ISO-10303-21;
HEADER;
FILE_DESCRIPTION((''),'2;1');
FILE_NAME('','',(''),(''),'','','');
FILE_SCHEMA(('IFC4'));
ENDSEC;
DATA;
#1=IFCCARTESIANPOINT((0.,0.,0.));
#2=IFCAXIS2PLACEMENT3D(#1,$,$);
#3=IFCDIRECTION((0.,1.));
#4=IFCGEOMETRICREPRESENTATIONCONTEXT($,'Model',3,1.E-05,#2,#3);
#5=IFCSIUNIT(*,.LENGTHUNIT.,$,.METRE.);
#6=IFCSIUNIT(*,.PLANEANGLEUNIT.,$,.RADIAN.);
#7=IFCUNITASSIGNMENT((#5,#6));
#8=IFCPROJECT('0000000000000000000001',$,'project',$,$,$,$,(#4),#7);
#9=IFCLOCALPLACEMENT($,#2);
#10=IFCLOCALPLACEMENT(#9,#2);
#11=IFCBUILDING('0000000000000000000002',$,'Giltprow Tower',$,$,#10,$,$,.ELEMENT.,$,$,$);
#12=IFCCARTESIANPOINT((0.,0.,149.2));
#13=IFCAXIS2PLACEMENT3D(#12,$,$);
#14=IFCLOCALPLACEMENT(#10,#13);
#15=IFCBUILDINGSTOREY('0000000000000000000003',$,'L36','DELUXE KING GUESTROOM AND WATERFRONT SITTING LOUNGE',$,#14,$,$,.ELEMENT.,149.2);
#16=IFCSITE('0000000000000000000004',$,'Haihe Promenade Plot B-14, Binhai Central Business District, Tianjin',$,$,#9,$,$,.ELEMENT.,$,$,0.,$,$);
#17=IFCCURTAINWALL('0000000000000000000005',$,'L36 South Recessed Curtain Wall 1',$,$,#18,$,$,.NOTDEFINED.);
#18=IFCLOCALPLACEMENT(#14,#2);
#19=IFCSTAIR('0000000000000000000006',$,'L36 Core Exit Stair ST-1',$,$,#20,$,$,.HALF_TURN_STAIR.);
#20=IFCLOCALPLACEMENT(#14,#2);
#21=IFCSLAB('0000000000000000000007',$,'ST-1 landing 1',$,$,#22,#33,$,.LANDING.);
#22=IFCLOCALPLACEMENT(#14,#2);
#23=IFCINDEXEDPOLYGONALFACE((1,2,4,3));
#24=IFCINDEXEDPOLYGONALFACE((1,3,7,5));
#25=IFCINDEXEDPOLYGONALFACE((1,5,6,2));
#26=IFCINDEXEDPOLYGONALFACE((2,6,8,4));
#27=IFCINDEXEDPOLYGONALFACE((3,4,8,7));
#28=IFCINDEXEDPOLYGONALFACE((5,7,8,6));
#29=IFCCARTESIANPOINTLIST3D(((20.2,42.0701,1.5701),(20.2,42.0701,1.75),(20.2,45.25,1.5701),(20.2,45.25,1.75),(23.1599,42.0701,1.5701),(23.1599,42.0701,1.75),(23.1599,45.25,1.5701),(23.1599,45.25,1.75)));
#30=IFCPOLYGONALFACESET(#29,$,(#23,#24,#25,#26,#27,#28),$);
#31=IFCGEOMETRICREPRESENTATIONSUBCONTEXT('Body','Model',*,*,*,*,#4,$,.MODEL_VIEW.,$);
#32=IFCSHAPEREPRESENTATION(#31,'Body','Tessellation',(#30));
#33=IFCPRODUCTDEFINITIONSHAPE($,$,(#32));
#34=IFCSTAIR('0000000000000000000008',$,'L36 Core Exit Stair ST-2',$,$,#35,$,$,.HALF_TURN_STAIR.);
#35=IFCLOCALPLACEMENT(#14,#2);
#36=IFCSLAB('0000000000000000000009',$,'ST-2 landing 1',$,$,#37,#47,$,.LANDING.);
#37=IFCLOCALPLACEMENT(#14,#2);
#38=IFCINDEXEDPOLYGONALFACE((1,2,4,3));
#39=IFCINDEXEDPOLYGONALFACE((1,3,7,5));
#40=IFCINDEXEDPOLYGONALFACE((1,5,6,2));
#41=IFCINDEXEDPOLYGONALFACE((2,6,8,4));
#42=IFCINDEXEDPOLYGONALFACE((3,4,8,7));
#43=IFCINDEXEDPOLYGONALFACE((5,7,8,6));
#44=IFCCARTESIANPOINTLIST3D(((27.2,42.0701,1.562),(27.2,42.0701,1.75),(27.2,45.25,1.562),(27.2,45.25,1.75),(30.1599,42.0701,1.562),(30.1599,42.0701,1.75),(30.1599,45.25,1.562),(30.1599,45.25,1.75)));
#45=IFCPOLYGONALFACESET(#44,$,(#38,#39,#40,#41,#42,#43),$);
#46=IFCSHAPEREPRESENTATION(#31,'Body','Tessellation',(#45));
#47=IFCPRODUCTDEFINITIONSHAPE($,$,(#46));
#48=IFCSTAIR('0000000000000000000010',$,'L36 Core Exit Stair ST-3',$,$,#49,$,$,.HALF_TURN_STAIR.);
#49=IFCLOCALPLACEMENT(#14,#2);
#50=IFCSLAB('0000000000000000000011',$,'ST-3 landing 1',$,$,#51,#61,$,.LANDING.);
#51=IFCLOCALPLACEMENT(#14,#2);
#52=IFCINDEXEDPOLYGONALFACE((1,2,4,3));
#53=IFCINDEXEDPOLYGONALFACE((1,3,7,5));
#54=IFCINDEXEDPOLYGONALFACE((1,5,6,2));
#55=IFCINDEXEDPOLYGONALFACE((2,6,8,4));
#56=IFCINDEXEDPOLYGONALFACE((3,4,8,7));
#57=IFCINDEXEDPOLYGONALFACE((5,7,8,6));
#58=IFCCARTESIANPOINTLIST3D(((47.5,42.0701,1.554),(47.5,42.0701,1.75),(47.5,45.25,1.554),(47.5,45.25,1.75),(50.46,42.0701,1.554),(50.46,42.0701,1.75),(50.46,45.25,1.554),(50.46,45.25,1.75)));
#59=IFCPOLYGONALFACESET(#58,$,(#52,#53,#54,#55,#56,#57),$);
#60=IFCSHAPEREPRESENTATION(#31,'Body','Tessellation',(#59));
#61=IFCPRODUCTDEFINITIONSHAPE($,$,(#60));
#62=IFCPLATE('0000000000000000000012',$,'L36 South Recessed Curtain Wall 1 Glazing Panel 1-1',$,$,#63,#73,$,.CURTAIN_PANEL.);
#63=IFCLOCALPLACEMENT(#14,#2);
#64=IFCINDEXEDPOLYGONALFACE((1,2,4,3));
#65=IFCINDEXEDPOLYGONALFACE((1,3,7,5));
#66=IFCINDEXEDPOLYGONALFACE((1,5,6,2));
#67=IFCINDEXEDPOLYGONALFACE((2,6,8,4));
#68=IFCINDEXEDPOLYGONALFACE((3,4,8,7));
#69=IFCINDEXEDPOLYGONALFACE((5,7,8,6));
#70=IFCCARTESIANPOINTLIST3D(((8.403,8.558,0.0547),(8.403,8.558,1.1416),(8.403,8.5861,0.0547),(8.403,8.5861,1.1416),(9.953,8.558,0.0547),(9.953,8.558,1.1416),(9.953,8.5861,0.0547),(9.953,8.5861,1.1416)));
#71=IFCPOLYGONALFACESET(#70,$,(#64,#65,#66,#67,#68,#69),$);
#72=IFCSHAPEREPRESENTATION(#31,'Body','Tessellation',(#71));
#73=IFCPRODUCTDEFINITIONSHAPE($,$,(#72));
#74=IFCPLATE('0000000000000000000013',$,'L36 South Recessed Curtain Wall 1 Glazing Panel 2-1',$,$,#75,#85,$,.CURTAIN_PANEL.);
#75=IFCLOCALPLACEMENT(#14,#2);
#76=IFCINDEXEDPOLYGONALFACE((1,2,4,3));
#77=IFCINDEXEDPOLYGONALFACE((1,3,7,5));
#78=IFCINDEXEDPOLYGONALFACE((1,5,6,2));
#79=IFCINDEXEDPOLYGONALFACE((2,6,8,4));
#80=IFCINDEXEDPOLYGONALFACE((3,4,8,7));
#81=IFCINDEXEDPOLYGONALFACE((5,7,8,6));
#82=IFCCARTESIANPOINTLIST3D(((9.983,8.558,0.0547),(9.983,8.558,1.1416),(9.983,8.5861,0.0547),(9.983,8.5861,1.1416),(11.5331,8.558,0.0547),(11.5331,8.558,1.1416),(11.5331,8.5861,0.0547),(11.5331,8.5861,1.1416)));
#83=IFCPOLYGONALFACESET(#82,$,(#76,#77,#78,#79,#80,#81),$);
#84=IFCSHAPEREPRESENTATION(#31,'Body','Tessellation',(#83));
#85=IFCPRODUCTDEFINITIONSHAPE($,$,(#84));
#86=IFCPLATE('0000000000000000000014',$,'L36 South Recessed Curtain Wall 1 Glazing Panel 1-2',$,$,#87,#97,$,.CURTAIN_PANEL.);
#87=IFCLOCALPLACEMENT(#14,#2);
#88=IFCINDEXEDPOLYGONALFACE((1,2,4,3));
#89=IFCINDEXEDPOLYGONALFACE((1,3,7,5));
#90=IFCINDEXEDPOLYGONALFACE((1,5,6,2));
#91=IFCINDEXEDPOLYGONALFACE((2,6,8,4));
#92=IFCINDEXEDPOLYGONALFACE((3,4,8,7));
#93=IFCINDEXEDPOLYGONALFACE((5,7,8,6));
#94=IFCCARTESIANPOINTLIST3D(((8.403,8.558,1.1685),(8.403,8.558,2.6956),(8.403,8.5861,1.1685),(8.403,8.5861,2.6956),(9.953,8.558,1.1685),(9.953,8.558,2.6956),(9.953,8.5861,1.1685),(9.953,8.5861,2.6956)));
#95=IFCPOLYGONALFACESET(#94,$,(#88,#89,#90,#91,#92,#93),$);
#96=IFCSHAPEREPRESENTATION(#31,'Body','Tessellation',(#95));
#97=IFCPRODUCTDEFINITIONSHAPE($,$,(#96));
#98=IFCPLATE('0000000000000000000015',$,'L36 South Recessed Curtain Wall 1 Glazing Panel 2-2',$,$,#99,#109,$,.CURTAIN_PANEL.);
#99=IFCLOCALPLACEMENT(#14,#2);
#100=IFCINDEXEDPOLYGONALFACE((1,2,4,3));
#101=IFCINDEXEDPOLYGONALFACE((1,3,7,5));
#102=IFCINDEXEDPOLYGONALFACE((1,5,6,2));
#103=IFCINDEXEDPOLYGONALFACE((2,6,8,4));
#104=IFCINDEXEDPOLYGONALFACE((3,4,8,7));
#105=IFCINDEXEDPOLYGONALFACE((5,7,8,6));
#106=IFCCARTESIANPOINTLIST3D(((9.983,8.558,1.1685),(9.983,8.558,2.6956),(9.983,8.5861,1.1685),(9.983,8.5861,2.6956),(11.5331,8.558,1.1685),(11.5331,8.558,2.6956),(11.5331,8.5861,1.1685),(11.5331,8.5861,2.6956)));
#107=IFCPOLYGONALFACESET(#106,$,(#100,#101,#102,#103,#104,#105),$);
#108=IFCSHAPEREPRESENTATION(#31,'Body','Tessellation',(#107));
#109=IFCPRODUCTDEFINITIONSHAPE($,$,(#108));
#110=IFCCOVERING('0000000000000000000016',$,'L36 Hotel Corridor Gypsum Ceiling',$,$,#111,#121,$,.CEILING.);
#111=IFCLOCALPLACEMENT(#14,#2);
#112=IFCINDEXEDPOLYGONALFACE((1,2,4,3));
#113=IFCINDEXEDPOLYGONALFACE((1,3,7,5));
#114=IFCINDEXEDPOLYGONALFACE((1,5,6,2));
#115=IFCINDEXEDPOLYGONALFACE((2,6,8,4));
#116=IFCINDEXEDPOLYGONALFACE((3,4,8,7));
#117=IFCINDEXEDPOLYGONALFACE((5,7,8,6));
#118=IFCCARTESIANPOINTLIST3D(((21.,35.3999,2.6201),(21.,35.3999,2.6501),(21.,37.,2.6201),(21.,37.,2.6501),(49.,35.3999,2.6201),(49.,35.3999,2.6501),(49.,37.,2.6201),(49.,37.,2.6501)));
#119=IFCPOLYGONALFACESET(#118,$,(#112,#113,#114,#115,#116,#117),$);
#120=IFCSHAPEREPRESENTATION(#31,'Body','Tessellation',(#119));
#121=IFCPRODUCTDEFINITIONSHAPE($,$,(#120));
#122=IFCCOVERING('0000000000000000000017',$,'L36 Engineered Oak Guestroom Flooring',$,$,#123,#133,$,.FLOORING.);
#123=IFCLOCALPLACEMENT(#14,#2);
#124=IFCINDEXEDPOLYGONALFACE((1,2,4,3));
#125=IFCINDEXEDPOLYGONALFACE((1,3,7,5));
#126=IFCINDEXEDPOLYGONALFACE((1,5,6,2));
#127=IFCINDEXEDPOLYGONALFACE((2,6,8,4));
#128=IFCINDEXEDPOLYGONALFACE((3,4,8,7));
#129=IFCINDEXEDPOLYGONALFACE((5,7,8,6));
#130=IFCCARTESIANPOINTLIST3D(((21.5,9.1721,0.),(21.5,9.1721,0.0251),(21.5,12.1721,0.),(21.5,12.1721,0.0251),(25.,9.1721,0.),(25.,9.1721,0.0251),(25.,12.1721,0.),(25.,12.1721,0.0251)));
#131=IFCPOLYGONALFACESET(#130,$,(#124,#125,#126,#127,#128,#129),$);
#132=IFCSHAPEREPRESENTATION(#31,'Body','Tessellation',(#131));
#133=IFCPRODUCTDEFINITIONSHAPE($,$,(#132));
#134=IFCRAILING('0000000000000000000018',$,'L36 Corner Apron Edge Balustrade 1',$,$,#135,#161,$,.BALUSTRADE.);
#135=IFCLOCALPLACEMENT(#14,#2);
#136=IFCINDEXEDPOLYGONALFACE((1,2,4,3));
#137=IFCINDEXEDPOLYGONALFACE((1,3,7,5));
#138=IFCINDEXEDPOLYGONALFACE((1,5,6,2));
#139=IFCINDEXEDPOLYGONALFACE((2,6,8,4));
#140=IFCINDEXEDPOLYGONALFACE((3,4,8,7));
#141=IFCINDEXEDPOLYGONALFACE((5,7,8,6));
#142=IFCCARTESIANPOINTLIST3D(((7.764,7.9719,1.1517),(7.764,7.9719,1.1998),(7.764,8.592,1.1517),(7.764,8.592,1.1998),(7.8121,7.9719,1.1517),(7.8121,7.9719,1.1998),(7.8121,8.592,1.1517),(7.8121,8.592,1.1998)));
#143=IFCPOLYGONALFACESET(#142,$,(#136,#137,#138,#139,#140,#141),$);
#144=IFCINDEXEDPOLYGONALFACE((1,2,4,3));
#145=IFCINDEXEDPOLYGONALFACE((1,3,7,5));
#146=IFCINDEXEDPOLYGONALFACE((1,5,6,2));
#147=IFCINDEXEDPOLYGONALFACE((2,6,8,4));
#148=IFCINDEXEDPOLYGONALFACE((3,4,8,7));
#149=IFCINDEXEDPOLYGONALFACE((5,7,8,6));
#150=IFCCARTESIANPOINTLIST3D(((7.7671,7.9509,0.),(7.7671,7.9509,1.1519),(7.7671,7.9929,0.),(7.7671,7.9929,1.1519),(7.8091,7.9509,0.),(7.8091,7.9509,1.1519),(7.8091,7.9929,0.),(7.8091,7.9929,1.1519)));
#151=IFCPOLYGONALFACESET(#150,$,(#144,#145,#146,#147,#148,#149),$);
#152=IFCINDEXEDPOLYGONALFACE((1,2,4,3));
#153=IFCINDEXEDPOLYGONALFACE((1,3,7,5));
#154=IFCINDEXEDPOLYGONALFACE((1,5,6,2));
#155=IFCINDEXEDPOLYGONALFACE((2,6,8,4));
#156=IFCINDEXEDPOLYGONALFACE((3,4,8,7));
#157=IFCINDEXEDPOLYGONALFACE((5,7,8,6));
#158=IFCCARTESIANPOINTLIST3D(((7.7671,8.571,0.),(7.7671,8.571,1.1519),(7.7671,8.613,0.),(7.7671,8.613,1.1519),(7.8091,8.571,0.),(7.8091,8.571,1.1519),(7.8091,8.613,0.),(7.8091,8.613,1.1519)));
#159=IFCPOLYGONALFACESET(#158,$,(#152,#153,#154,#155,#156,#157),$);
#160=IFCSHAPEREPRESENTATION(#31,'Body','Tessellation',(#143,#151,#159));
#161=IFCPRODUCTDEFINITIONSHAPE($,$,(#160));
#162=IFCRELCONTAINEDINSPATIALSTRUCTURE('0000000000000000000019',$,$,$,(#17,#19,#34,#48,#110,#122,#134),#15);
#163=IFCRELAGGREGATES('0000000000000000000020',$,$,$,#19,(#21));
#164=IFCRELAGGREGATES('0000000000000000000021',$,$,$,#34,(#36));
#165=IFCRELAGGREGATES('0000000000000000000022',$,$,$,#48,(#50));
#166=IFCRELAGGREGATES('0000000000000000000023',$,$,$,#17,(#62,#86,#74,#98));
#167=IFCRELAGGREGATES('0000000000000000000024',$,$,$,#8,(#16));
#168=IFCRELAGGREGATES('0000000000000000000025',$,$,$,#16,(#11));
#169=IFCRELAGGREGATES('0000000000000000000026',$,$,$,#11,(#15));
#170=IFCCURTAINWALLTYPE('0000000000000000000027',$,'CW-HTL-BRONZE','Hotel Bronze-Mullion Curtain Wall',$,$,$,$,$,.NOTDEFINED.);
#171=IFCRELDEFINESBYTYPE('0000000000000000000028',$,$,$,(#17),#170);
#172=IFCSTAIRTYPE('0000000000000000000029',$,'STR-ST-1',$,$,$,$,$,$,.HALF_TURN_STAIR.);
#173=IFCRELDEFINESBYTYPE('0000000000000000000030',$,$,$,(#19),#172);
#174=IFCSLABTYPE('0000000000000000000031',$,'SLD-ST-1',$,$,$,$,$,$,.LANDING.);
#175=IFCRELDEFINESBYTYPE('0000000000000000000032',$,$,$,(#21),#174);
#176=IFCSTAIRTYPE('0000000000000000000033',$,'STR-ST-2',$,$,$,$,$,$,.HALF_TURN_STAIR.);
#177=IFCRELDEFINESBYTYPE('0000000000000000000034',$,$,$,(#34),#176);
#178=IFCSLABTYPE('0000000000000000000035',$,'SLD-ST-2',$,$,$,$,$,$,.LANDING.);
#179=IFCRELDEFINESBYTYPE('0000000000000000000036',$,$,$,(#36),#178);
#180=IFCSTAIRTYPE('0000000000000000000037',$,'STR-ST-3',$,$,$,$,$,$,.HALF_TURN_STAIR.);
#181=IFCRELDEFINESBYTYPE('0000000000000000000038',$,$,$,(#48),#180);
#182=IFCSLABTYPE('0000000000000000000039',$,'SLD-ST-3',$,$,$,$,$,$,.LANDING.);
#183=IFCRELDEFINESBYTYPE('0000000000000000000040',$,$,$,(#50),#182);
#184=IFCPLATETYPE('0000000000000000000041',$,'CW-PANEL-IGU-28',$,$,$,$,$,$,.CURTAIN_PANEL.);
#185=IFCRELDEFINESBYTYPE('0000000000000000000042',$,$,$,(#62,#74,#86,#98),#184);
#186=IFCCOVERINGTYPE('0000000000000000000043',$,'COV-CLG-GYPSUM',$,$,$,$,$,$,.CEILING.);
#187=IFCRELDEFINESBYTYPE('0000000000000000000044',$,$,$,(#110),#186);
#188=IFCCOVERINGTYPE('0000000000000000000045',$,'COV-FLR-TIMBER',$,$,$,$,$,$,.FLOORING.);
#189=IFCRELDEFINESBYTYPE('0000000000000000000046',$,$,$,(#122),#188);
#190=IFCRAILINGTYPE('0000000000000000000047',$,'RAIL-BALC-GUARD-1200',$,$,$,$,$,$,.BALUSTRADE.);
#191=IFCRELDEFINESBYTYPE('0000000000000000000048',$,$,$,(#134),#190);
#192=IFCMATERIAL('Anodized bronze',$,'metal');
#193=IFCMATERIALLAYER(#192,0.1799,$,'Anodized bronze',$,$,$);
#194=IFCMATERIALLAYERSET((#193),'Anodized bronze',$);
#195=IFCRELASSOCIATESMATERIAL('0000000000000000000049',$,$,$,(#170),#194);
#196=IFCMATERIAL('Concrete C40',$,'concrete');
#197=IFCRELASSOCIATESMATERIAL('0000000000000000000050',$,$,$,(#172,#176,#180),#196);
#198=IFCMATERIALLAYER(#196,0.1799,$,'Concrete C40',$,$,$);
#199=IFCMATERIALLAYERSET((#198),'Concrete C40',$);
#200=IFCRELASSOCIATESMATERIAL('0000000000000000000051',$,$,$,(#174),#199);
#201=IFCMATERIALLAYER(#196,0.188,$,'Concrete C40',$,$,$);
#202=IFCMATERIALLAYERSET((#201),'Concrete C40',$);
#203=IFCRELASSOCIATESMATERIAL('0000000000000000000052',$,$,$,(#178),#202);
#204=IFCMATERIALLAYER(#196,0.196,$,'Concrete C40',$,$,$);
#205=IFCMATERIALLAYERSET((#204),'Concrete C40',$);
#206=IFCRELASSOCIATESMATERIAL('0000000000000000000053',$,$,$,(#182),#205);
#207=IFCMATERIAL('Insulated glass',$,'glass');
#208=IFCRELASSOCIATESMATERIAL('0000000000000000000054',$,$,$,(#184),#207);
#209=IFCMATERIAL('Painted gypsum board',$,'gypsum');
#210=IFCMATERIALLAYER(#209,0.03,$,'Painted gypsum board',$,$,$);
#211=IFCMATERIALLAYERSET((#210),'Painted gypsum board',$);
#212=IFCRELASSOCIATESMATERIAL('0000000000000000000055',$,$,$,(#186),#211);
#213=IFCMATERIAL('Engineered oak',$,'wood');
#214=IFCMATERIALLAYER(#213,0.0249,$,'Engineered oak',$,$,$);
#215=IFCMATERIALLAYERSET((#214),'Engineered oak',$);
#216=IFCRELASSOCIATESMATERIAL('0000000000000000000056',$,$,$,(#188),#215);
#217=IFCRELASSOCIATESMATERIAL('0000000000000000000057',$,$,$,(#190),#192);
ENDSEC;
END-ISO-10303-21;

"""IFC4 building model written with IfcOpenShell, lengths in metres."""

from ifc_helpers import new_model, si_unit, direction, frame, origin, origin_2d, place, context, subcontext, project, spatial, polyline, rectangle, outline, extrude, source, transform, mapped, material, layer, layer_set, type_object, element, aggregate, save


model = new_model("IFC4")

# Units and contexts
model_context = context("Model", 3, precision=1e-05, world=origin(), true_north=direction((0.0, 1.0)))
body_context = subcontext(model_context, "Body", "Model", "MODEL_VIEW")
ifc_project = project(units=[si_unit("LENGTHUNIT", "METRE"), si_unit("PLANEANGLEUNIT", "RADIAN")], contexts=[model_context])

# Site, building, storey
site_placement = place(None, origin())
site = spatial("IfcSite", under=ifc_project, at=site_placement, Name="Haihe Promenade Plot B-14, Binhai Central Business District, Tianjin", CompositionType="ELEMENT", RefElevation=0.0)
building_placement = place(site_placement, origin())
building = spatial("IfcBuilding", under=site, at=building_placement, Name="Giltprow Tower", CompositionType="ELEMENT")
storey_placement = place(building_placement, frame((0.0, 0.0, 149.2)))
storey = spatial("IfcBuildingStorey", under=building, at=storey_placement, Name="L36", Description="DELUXE KING GUESTROOM AND WATERFRONT SITTING LOUNGE", CompositionType="ELEMENT", Elevation=149.2)

# Curtain wall
ifc_material_1 = material(Name="Anodized bronze", Category="metal")
ifc_layer_1 = layer(ifc_material_1, 0.1799, Name="Anodized bronze")
ifc_layer_set_1 = layer_set([ifc_layer_1], Name="Anodized bronze")
curtain_wall_type = type_object("IfcCurtainWallType", Name="CW-HTL-BRONZE", Description="Hotel Bronze-Mullion Curtain Wall", PredefinedType="NOTDEFINED", material=ifc_layer_set_1)
curtain_wall_placement = place(storey_placement, origin())
curtain_wall = element("IfcCurtainWall", 1, at=curtain_wall_placement, inside=storey, type_object=curtain_wall_type, Name="L36 South Recessed Curtain Wall 1", PredefinedType="NOTDEFINED")

# Shared definitions
ifc_material_2 = material(Name="Concrete C40", Category="concrete")

# Stairs, slabs
stair_type_1 = type_object("IfcStairType", Name="STR-ST-1", PredefinedType="HALF_TURN_STAIR", material=ifc_material_2)
stair_1_placement = place(storey_placement, origin())
stair_1 = element("IfcStair", 2, at=stair_1_placement, inside=storey, type_object=stair_type_1, Name="L36 Core Exit Stair ST-1", PredefinedType="HALF_TURN_STAIR")
ifc_layer_2 = layer(ifc_material_2, 0.1799, Name="Concrete C40")
ifc_layer_set_2 = layer_set([ifc_layer_2], Name="Concrete C40")
slab_type_1 = type_object("IfcSlabType", Name="SLD-ST-1", PredefinedType="LANDING", material=ifc_layer_set_2)
slab_1_placement = place(storey_placement, frame((0.0, 0.0, 1.5701)))
slab_1 = element("IfcSlab", 3, at=slab_1_placement, type_object=slab_type_1, Name="ST-1 landing 1", PredefinedType="LANDING", context=body_context, shape_type="SweptSolid", body=[
    extrude(outline(polyline([(23.1599, 42.0701), (23.1599, 45.25), (20.2, 45.25), (20.2, 42.0701), (23.1599, 42.0701)])), origin(), (0.0, 0.0, 1.0), 0.1799),
])
aggregate(stair_1, [slab_1])
stair_type_2 = type_object("IfcStairType", Name="STR-ST-2", PredefinedType="HALF_TURN_STAIR", material=ifc_material_2)
stair_2_placement = place(storey_placement, origin())
stair_2 = element("IfcStair", 4, at=stair_2_placement, inside=storey, type_object=stair_type_2, Name="L36 Core Exit Stair ST-2", PredefinedType="HALF_TURN_STAIR")
ifc_layer_3 = layer(ifc_material_2, 0.188, Name="Concrete C40")
ifc_layer_set_3 = layer_set([ifc_layer_3], Name="Concrete C40")
slab_type_2 = type_object("IfcSlabType", Name="SLD-ST-2", PredefinedType="LANDING", material=ifc_layer_set_3)
slab_2_placement = place(storey_placement, frame((0.0, 0.0, 1.562)))
slab_2 = element("IfcSlab", 5, at=slab_2_placement, type_object=slab_type_2, Name="ST-2 landing 1", PredefinedType="LANDING", context=body_context, shape_type="SweptSolid", body=[
    extrude(outline(polyline([(30.1599, 42.0701), (30.1599, 45.25), (27.2, 45.25), (27.2, 42.0701), (30.1599, 42.0701)])), origin(), (0.0, 0.0, 1.0), 0.188),
])
aggregate(stair_2, [slab_2])
stair_type_3 = type_object("IfcStairType", Name="STR-ST-3", PredefinedType="HALF_TURN_STAIR", material=ifc_material_2)
stair_3_placement = place(storey_placement, origin())
stair_3 = element("IfcStair", 6, at=stair_3_placement, inside=storey, type_object=stair_type_3, Name="L36 Core Exit Stair ST-3", PredefinedType="HALF_TURN_STAIR")
ifc_layer_4 = layer(ifc_material_2, 0.196, Name="Concrete C40")
ifc_layer_set_4 = layer_set([ifc_layer_4], Name="Concrete C40")
slab_type_3 = type_object("IfcSlabType", Name="SLD-ST-3", PredefinedType="LANDING", material=ifc_layer_set_4)
slab_3_placement = place(storey_placement, frame((0.0, 0.0, 1.554)))
slab_3 = element("IfcSlab", 7, at=slab_3_placement, type_object=slab_type_3, Name="ST-3 landing 1", PredefinedType="LANDING", context=body_context, shape_type="SweptSolid", body=[
    extrude(outline(polyline([(50.46, 42.0701), (50.46, 45.25), (47.5, 45.25), (47.5, 42.0701), (50.46, 42.0701)])), origin(), (0.0, 0.0, 1.0), 0.196),
])
aggregate(stair_3, [slab_3])

# Plates
ifc_material_3 = material(Name="Insulated glass", Category="glass")
plate_type = type_object("IfcPlateType", Name="CW-PANEL-IGU-28", PredefinedType="CURTAIN_PANEL", material=ifc_material_3)
shared_shape_1 = source(origin(), body_context, "Body", "SweptSolid", [
    extrude(rectangle(XDim=1.55, YDim=0.0281, at=origin_2d()), origin(), (0.0, 0.0, 1.0), 1.0869),
])
plate_1_placement = place(storey_placement, frame((9.178, 8.572, 0.0547), z_axis=(0.0, 0.0, 1.0), x_axis=(1.0, 0.0, 0.0)))
plate_1 = element("IfcPlate", 8, at=plate_1_placement, type_object=plate_type, Name="L36 South Recessed Curtain Wall 1 Glazing Panel 1-1", PredefinedType="CURTAIN_PANEL", context=body_context, shape_type="MappedRepresentation", body=[
    mapped(shared_shape_1, transform((0.0, 0.0, 0.0), x_axis=(1.0, 0.0, 0.0), y_axis=(0.0, 1.0, 0.0), z_axis=(0.0, 0.0, 1.0), scale=1.0)),
])
plate_2_placement = place(storey_placement, frame((10.7581, 8.572, 0.0547), z_axis=(0.0, 0.0, 1.0), x_axis=(1.0, 0.0, 0.0)))
plate_2 = element("IfcPlate", 9, at=plate_2_placement, type_object=plate_type, Name="L36 South Recessed Curtain Wall 1 Glazing Panel 2-1", PredefinedType="CURTAIN_PANEL", context=body_context, shape_type="MappedRepresentation", body=[
    mapped(shared_shape_1, transform((0.0, 0.0, 0.0), x_axis=(1.0, 0.0, 0.0), y_axis=(0.0, 1.0, 0.0), z_axis=(0.0, 0.0, 1.0), scale=1.0)),
])
shared_shape_2 = source(origin(), body_context, "Body", "SweptSolid", [
    extrude(rectangle(XDim=1.55, YDim=0.0281, at=origin_2d()), origin(), (0.0, 0.0, 1.0), 1.5271),
])
plate_3_placement = place(storey_placement, frame((9.178, 8.572, 1.1685), z_axis=(0.0, 0.0, 1.0), x_axis=(1.0, 0.0, 0.0)))
plate_3 = element("IfcPlate", 10, at=plate_3_placement, type_object=plate_type, Name="L36 South Recessed Curtain Wall 1 Glazing Panel 1-2", PredefinedType="CURTAIN_PANEL", context=body_context, shape_type="MappedRepresentation", body=[
    mapped(shared_shape_2, transform((0.0, 0.0, 0.0), x_axis=(1.0, 0.0, 0.0), y_axis=(0.0, 1.0, 0.0), z_axis=(0.0, 0.0, 1.0), scale=1.0)),
])
plate_4_placement = place(storey_placement, frame((10.7581, 8.572, 1.1685), z_axis=(0.0, 0.0, 1.0), x_axis=(1.0, 0.0, 0.0)))
plate_4 = element("IfcPlate", 11, at=plate_4_placement, type_object=plate_type, Name="L36 South Recessed Curtain Wall 1 Glazing Panel 2-2", PredefinedType="CURTAIN_PANEL", context=body_context, shape_type="MappedRepresentation", body=[
    mapped(shared_shape_2, transform((0.0, 0.0, 0.0), x_axis=(1.0, 0.0, 0.0), y_axis=(0.0, 1.0, 0.0), z_axis=(0.0, 0.0, 1.0), scale=1.0)),
])
aggregate(curtain_wall, [plate_1, plate_3, plate_2, plate_4])

# Coverings
ifc_material_4 = material(Name="Painted gypsum board", Category="gypsum")
ifc_layer_5 = layer(ifc_material_4, 0.03, Name="Painted gypsum board")
ifc_layer_set_5 = layer_set([ifc_layer_5], Name="Painted gypsum board")
covering_type_1 = type_object("IfcCoveringType", Name="COV-CLG-GYPSUM", PredefinedType="CEILING", material=ifc_layer_set_5)
covering_1_placement = place(storey_placement, frame((0.0, 0.0, 2.6201)))
element("IfcCovering", 12, at=covering_1_placement, inside=storey, type_object=covering_type_1, Name="L36 Hotel Corridor Gypsum Ceiling", PredefinedType="CEILING", context=body_context, shape_type="SweptSolid", body=[
    extrude(outline(polyline([(21.0, 35.3999), (49.0, 35.3999), (49.0, 37.0), (21.0, 37.0), (21.0, 35.3999)])), origin(), (0.0, 0.0, 1.0), 0.03),
])
ifc_material_5 = material(Name="Engineered oak", Category="wood")
ifc_layer_6 = layer(ifc_material_5, 0.0249, Name="Engineered oak")
ifc_layer_set_6 = layer_set([ifc_layer_6], Name="Engineered oak")
covering_type_2 = type_object("IfcCoveringType", Name="COV-FLR-TIMBER", PredefinedType="FLOORING", material=ifc_layer_set_6)
covering_2_placement = place(storey_placement, origin())
element("IfcCovering", 13, at=covering_2_placement, inside=storey, type_object=covering_type_2, Name="L36 Engineered Oak Guestroom Flooring", PredefinedType="FLOORING", context=body_context, shape_type="SweptSolid", body=[
    extrude(outline(polyline([(21.5, 9.1721), (25.0, 9.1721), (25.0, 12.1721), (21.5, 12.1721), (21.5, 9.1721)])), origin(), (0.0, 0.0, 1.0), 0.0251),
])

# Railing
railing_type = type_object("IfcRailingType", Name="RAIL-BALC-GUARD-1200", PredefinedType="BALUSTRADE", material=ifc_material_1)
railing_placement = place(storey_placement, frame((7.7881, 7.9719, 0.0)))
element("IfcRailing", 14, at=railing_placement, inside=storey, type_object=railing_type, Name="L36 Corner Apron Edge Balustrade 1", PredefinedType="BALUSTRADE", context=body_context, shape_type="SweptSolid", body=[
    extrude(rectangle(XDim=0.0481, YDim=0.0481, at=origin_2d()), frame((0.0, 0.0, 1.1758), z_axis=(0.0, 1.0, 0.0), x_axis=(-1.0, 0.0, 0.0)), (0.0, 0.0, 1.0), 0.6201),
    extrude(rectangle(XDim=0.042, YDim=0.042, at=origin_2d()), origin(), (0.0, 0.0, 1.0), 1.1519),
    extrude(rectangle(XDim=0.042, YDim=0.042, at=origin_2d()), frame((0.0, 0.6201, 0.0)), (0.0, 0.0, 1.0), 1.1519),
])

save(model, "model.ifc")
